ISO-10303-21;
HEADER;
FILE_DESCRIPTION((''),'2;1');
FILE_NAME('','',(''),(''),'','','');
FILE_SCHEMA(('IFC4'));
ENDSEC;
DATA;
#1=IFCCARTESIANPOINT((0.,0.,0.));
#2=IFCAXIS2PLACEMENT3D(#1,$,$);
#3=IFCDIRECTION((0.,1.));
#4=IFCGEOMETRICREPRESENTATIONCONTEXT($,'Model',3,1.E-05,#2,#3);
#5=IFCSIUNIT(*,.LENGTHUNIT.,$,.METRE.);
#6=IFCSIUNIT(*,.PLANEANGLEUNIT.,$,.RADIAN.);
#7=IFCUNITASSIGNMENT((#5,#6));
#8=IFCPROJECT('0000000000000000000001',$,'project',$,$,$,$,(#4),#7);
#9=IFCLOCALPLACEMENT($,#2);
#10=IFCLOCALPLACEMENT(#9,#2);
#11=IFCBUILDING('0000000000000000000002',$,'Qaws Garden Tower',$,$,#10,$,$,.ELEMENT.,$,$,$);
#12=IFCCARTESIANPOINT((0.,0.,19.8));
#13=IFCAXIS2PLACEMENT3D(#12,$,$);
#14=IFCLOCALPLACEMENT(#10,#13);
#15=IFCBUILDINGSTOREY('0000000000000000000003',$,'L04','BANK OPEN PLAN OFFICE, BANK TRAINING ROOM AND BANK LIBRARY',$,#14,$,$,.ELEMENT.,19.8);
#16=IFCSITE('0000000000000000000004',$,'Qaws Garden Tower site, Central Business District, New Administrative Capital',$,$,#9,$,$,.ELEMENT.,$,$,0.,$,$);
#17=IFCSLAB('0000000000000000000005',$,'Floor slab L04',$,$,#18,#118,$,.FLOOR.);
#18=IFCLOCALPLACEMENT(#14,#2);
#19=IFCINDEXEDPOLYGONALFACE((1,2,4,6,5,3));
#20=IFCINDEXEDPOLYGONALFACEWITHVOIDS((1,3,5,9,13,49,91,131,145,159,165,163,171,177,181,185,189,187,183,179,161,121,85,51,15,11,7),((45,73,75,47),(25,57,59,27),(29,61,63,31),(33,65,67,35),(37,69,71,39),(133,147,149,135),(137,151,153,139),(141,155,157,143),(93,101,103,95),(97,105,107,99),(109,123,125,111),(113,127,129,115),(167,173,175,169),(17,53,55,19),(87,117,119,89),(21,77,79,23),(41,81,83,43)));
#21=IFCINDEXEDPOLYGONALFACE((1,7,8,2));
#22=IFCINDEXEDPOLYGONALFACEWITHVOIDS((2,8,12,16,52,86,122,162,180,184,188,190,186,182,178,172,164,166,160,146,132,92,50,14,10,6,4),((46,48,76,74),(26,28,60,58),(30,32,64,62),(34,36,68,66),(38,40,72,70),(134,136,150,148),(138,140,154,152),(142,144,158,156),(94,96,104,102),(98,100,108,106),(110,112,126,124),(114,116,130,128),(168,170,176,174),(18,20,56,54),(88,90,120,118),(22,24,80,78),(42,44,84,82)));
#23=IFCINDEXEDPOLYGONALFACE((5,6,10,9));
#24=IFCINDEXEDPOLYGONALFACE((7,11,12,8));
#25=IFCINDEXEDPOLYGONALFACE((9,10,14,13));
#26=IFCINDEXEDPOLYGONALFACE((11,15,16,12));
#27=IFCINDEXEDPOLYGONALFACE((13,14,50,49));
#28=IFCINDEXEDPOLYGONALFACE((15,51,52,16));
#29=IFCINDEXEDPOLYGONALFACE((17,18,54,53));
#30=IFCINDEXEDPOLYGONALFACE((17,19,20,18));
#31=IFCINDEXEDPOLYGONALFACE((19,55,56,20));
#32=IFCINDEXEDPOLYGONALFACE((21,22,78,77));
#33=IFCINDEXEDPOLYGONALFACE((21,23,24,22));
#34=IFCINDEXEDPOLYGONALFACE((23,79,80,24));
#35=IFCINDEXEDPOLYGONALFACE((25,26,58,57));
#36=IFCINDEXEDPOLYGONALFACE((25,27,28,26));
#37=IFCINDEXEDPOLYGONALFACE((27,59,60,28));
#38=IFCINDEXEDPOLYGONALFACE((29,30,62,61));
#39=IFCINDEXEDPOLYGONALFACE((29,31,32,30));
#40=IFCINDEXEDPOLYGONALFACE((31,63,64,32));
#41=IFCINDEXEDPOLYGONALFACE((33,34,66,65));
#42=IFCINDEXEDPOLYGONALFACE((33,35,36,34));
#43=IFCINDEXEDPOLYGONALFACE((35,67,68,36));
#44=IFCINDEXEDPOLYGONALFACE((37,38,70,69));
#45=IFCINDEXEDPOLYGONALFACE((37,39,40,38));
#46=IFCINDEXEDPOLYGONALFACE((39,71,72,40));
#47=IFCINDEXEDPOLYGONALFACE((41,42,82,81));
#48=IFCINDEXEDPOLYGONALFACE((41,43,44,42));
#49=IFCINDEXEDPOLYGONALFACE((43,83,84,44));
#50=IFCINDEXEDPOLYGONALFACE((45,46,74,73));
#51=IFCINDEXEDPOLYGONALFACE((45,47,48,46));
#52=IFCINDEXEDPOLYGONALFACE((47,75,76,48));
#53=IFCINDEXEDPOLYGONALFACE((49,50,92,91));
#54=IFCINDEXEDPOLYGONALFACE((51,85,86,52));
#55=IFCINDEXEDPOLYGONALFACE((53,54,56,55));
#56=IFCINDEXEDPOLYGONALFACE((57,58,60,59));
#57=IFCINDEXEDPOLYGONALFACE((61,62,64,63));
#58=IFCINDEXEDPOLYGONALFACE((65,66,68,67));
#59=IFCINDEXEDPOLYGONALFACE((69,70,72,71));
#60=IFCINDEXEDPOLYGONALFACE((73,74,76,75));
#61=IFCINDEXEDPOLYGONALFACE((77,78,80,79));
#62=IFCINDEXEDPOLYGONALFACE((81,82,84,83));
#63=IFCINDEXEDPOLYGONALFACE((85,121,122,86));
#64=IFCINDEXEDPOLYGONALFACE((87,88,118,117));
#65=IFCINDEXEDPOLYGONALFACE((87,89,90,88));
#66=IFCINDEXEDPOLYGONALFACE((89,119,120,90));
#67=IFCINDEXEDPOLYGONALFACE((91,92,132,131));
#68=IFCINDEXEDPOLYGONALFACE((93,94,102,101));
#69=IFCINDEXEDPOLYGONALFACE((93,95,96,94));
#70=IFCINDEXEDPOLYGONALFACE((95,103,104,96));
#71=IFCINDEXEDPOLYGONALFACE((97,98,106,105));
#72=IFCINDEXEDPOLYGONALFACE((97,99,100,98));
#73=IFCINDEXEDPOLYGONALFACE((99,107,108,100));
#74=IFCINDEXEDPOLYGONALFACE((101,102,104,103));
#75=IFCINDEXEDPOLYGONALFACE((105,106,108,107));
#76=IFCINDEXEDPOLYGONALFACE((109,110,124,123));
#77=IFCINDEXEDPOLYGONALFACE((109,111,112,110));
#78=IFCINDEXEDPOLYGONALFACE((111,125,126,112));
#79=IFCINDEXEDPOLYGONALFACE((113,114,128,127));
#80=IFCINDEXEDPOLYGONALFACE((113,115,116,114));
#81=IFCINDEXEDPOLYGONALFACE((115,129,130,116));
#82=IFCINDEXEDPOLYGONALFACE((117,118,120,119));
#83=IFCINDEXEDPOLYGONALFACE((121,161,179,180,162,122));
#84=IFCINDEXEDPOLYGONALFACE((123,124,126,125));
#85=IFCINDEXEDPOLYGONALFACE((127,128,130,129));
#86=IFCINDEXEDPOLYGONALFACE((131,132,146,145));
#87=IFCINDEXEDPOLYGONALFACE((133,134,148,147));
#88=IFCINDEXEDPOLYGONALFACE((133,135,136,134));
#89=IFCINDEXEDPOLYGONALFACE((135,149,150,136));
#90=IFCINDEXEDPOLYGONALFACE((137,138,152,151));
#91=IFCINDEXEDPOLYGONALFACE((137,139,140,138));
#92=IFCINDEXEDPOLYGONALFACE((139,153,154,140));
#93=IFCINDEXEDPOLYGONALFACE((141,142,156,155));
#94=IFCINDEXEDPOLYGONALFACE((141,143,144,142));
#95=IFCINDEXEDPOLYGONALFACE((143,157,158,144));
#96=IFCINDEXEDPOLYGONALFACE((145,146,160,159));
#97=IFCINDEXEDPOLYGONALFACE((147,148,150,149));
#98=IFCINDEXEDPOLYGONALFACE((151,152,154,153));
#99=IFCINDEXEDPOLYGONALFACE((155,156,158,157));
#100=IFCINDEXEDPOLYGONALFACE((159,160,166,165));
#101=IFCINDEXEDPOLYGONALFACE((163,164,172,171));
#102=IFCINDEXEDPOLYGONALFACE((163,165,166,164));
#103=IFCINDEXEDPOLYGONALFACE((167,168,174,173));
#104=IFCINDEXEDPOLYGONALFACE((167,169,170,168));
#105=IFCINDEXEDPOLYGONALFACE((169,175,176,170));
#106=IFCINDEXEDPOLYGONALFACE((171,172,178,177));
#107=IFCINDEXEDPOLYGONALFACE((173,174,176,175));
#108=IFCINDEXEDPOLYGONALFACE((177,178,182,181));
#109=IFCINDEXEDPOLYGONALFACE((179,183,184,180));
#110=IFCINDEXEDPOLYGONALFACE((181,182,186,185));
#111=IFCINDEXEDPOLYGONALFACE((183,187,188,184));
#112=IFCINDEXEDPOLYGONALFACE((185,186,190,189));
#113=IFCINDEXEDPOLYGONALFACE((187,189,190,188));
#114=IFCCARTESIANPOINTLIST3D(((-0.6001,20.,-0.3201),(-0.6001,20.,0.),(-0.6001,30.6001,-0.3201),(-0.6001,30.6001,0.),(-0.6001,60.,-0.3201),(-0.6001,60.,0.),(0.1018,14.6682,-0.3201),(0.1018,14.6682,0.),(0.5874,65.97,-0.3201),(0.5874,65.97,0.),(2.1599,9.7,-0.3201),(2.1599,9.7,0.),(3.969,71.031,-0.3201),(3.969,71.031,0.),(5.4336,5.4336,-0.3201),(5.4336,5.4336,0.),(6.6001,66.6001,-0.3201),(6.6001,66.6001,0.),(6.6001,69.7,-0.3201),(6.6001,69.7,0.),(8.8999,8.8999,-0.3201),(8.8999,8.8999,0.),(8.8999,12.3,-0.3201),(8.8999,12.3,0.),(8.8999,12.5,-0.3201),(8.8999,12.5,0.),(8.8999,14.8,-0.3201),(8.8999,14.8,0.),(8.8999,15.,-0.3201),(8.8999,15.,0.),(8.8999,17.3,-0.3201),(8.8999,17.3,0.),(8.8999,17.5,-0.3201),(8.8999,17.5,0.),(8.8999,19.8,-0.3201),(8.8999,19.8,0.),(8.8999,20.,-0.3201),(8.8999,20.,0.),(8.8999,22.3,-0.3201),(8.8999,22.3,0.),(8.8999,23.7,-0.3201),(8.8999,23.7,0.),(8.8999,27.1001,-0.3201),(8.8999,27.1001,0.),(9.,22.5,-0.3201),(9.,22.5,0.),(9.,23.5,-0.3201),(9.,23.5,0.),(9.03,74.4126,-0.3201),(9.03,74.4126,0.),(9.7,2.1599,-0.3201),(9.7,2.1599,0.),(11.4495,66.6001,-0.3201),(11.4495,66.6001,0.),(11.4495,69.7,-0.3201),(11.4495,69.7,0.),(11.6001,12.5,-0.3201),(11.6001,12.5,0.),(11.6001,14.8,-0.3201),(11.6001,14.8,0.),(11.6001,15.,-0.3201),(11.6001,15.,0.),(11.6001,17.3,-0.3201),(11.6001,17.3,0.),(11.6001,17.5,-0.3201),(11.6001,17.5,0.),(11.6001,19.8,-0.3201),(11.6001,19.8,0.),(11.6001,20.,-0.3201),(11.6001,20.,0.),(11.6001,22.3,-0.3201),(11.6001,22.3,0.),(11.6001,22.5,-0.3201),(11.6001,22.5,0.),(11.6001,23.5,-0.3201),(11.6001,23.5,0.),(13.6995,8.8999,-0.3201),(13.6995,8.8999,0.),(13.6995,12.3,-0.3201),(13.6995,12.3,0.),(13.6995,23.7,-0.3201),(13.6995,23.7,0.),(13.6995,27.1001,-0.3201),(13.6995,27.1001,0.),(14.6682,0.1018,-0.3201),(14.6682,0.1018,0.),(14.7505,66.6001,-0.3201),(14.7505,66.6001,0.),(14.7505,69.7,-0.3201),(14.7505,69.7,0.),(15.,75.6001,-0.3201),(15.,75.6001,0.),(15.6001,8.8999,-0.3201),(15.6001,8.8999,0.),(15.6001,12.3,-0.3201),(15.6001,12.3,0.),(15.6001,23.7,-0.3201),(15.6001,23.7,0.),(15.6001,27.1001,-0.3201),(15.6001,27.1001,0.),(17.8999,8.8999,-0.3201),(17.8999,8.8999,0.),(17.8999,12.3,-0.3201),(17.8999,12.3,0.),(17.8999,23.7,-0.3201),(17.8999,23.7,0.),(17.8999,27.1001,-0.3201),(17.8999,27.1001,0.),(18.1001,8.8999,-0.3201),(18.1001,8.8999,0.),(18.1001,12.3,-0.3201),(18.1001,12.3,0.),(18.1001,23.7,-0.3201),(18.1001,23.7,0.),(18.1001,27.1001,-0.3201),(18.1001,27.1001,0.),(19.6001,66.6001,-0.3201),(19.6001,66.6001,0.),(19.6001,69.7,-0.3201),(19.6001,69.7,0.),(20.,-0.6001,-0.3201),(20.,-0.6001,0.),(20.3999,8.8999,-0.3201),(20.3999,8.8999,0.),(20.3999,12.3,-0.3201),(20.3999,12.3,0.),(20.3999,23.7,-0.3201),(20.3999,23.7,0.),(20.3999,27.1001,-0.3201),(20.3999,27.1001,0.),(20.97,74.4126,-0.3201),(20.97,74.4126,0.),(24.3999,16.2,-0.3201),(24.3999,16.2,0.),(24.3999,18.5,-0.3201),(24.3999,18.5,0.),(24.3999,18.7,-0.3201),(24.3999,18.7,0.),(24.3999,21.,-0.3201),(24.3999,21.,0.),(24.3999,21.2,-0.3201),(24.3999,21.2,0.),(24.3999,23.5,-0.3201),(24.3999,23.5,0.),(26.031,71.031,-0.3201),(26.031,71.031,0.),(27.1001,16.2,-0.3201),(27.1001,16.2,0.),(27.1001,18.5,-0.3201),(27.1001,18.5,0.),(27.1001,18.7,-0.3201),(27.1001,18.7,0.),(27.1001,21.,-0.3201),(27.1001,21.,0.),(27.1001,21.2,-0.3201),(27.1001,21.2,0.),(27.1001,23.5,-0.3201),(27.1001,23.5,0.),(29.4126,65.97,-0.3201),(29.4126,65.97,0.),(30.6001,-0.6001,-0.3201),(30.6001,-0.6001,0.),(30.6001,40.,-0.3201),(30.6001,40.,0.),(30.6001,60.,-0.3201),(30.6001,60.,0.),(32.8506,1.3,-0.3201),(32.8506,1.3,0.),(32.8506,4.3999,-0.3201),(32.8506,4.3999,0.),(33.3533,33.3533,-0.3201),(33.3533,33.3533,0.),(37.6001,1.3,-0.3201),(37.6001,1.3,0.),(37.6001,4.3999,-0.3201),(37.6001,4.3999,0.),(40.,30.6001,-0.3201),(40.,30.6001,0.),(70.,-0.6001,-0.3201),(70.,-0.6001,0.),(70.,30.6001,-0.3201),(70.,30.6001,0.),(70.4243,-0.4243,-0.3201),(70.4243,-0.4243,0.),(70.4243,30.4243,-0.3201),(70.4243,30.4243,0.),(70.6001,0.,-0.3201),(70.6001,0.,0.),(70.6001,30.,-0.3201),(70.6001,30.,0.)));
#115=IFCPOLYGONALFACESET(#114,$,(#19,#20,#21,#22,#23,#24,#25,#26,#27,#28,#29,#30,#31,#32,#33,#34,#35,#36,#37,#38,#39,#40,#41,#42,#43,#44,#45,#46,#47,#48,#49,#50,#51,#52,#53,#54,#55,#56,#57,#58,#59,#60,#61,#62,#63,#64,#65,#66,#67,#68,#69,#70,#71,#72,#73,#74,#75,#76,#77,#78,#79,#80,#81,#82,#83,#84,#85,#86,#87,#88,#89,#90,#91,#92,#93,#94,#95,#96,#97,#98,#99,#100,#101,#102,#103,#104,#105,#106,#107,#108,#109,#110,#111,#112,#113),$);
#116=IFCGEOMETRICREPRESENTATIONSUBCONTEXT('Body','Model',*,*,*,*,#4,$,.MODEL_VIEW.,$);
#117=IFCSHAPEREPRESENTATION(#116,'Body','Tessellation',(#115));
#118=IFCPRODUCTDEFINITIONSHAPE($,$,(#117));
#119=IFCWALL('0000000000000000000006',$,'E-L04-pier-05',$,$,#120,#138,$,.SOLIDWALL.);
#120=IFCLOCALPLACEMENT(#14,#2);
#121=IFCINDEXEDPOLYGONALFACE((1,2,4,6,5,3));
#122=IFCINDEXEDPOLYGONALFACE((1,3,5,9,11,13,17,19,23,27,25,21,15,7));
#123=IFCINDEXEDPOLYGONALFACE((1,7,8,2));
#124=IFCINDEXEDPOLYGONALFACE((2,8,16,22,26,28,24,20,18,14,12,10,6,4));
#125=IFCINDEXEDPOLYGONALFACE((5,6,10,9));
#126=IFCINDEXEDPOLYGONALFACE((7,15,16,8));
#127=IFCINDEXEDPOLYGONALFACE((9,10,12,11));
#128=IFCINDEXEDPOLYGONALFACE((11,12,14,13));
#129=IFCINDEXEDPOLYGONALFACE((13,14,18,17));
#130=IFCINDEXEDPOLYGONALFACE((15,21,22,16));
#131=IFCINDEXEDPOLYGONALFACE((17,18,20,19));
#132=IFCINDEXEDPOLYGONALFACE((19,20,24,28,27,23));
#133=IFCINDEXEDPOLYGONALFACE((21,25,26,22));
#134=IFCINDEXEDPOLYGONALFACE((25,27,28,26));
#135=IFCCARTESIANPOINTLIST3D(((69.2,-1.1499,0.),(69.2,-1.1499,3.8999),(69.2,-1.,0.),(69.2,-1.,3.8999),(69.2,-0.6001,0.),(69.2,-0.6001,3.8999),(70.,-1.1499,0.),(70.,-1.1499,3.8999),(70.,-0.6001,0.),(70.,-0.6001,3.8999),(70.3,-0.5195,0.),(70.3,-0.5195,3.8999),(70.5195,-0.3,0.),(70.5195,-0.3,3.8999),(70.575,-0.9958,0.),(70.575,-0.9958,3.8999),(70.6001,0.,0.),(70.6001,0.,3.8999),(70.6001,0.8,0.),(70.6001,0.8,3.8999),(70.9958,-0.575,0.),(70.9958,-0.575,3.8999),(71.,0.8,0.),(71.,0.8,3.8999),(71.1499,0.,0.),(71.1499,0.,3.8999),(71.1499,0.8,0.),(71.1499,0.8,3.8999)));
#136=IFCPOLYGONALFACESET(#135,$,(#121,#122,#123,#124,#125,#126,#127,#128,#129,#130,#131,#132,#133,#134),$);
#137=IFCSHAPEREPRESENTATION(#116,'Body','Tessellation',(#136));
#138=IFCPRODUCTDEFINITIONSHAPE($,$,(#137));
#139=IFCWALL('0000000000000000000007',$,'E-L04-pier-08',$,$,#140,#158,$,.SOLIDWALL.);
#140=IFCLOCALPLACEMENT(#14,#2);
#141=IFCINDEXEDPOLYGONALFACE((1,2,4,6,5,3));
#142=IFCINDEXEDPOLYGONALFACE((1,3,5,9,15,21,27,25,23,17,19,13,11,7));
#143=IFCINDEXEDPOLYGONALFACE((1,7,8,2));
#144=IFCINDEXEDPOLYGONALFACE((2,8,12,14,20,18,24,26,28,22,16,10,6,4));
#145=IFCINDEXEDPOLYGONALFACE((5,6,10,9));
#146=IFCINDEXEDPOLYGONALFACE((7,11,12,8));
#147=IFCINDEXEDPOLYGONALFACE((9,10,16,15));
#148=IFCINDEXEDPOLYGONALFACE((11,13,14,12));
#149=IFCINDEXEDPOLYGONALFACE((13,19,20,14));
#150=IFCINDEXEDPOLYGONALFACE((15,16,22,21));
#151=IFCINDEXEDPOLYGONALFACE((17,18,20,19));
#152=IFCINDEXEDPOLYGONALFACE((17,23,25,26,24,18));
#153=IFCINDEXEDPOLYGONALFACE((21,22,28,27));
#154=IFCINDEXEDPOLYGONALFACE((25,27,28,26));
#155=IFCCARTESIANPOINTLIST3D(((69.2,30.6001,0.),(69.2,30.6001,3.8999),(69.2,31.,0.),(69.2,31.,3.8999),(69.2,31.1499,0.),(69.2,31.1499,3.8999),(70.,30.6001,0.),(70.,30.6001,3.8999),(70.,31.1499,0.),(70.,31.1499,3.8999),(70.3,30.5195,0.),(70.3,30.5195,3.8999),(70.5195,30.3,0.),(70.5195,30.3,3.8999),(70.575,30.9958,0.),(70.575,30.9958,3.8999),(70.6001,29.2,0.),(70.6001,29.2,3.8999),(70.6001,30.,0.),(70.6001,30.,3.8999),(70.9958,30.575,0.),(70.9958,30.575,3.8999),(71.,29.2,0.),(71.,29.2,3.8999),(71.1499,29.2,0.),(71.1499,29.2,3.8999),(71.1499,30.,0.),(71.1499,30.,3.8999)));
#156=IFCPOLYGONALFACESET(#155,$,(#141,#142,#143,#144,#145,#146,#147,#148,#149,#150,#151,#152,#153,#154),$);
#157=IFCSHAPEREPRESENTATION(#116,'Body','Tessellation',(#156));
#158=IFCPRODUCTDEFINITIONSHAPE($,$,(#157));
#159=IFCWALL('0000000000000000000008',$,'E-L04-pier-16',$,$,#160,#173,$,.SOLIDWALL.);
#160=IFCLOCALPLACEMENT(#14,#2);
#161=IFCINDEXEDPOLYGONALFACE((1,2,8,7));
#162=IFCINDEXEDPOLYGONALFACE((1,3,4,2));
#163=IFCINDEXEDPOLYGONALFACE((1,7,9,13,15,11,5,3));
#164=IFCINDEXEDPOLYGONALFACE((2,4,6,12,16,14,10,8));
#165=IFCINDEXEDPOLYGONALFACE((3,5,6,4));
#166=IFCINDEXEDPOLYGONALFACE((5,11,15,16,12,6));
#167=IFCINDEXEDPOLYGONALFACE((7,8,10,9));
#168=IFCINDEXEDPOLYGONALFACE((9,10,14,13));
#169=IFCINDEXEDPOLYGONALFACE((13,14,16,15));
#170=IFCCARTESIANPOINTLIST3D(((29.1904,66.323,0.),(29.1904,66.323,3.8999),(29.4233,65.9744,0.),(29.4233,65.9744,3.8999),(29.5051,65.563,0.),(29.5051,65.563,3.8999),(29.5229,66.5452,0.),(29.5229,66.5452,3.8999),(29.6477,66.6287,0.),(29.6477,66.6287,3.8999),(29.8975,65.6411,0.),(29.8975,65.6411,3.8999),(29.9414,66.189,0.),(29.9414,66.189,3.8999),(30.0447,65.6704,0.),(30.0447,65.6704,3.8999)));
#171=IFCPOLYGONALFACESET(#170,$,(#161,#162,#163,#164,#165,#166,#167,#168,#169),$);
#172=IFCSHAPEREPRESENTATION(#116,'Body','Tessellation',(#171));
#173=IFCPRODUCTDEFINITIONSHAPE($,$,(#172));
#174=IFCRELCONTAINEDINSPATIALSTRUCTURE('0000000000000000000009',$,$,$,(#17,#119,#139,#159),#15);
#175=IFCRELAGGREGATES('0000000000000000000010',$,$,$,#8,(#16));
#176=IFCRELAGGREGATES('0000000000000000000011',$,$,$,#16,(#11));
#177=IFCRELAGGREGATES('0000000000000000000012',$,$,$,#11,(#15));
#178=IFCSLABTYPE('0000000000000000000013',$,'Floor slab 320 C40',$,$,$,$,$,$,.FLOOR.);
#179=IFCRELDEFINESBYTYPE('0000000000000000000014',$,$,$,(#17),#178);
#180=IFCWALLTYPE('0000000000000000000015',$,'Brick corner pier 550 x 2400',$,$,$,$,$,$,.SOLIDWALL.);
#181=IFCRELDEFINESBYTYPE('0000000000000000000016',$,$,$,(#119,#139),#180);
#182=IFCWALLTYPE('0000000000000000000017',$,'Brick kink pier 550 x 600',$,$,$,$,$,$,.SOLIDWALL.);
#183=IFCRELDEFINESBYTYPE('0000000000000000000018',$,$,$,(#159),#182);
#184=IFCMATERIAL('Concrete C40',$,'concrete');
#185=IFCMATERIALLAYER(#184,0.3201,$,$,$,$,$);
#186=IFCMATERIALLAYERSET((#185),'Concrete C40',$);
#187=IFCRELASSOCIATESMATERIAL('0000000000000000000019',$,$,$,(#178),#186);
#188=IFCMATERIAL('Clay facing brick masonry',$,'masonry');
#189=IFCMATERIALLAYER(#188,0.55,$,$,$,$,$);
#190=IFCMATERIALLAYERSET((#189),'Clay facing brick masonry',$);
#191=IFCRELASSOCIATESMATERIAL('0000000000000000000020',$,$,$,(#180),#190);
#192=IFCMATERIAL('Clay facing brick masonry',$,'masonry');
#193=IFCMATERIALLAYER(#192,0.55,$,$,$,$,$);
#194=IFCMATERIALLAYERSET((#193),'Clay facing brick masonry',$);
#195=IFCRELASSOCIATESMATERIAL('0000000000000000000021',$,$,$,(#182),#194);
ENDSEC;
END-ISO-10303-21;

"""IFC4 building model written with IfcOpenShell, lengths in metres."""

from ifc_helpers import new_model, si_unit, direction, frame, origin, place, context, subcontext, project, spatial, polyline, outline, extrude, material, layer, layer_set, type_object, element, save


model = new_model("IFC4")

# Units and contexts
model_context = context("Model", 3, precision=1e-05, world=origin(), true_north=direction((0.0, 1.0)))
body_context = subcontext(model_context, "Body", "Model", "MODEL_VIEW")
ifc_project = project(units=[si_unit("LENGTHUNIT", "METRE"), si_unit("PLANEANGLEUNIT", "RADIAN")], contexts=[model_context])

# Site, building, storey
site_placement = place(None, origin())
site = spatial("IfcSite", under=ifc_project, at=site_placement, Name="Qaws Garden Tower site, Central Business District, New Administrative Capital", CompositionType="ELEMENT", RefElevation=0.0)
building_placement = place(site_placement, origin())
building = spatial("IfcBuilding", under=site, at=building_placement, Name="Qaws Garden Tower", CompositionType="ELEMENT")
storey_placement = place(building_placement, frame((0.0, 0.0, 19.8)))
storey = spatial("IfcBuildingStorey", under=building, at=storey_placement, Name="L04", Description="BANK OPEN PLAN OFFICE, BANK TRAINING ROOM AND BANK LIBRARY", CompositionType="ELEMENT", Elevation=19.8)

# Slab
ifc_material_1 = material(Name="Concrete C40", Category="concrete")
ifc_layer_1 = layer(ifc_material_1, 0.3201)
ifc_layer_set_1 = layer_set([ifc_layer_1], Name="Concrete C40")
slab_type = type_object("IfcSlabType", Name="Floor slab 320 C40", PredefinedType="FLOOR", material=ifc_layer_set_1)
slab_placement = place(storey_placement, frame((0.0, 0.0, -0.3201)))
element("IfcSlab", 1, at=slab_placement, inside=storey, type_object=slab_type, Name="Floor slab L04", PredefinedType="FLOOR", context=body_context, shape_type="SweptSolid", body=[
    extrude(outline(polyline([(0.1018, 14.6682), (-0.6001, 20.0), (-0.6001, 30.6001), (-0.6001, 60.0), (-0.6001, 60.0), (0.5874, 65.97), (3.969, 71.031), (9.03, 74.4126), (15.0, 75.6001), (20.97, 74.4126), (26.031, 71.031), (29.4126, 65.97), (30.6001, 60.0), (30.6001, 40.0), (33.3533, 33.3533), (40.0, 30.6001), (70.0, 30.6001), (70.4243, 30.4243), (70.6001, 30.0), (70.6001, 0.0), (70.4243, -0.4243), (70.0, -0.6001), (30.6001, -0.6001), (20.0, -0.6001), (14.6682, 0.1018), (9.7, 2.1599), (5.4336, 5.4336), (2.1599, 9.7), (0.1018, 14.6682)]), holes=[polyline([(13.6995, 12.3), (8.8999, 12.3), (8.8999, 8.8999), (13.6995, 8.8999), (13.6995, 12.3)]), polyline([(17.8999, 12.3), (15.6001, 12.3), (15.6001, 8.8999), (17.8999, 8.8999), (17.8999, 12.3)]), polyline([(11.6001, 14.8), (8.8999, 14.8), (8.8999, 12.5), (11.6001, 12.5), (11.6001, 14.8)]), polyline([(11.6001, 17.3), (8.8999, 17.3), (8.8999, 15.0), (11.6001, 15.0), (11.6001, 17.3)]), polyline([(11.6001, 19.8), (8.8999, 19.8), (8.8999, 17.5), (11.6001, 17.5), (11.6001, 19.8)]), polyline([(11.6001, 22.3), (8.8999, 22.3), (8.8999, 20.0), (11.6001, 20.0), (11.6001, 22.3)]), polyline([(11.6001, 23.5), (9.0, 23.5), (9.0, 22.5), (11.6001, 22.5), (11.6001, 23.5)]), polyline([(13.6995, 27.1001), (8.8999, 27.1001), (8.8999, 23.7), (13.6995, 23.7), (13.6995, 27.1001)]), polyline([(11.4495, 69.7), (6.6001, 69.7), (6.6001, 66.6001), (11.4495, 66.6001), (11.4495, 69.7)]), polyline([(37.6001, 4.3999), (32.8506, 4.3999), (32.8506, 1.3), (37.6001, 1.3), (37.6001, 4.3999)]), polyline([(20.3999, 12.3), (18.1001, 12.3), (18.1001, 8.8999), (20.3999, 8.8999), (20.3999, 12.3)]), polyline([(27.1001, 18.5), (24.3999, 18.5), (24.3999, 16.2), (27.1001, 16.2), (27.1001, 18.5)]), polyline([(27.1001, 21.0), (24.3999, 21.0), (24.3999, 18.7), (27.1001, 18.7), (27.1001, 21.0)]), polyline([(27.1001, 23.5), (24.3999, 23.5), (24.3999, 21.2), (27.1001, 21.2), (27.1001, 23.5)]), polyline([(17.8999, 27.1001), (15.6001, 27.1001), (15.6001, 23.7), (17.8999, 23.7), (17.8999, 27.1001)]), polyline([(20.3999, 23.7), (20.3999, 27.1001), (18.1001, 27.1001), (18.1001, 23.7), (20.3999, 23.7)]), polyline([(19.6001, 66.6001), (19.6001, 69.7), (14.7505, 69.7), (14.7505, 66.6001), (19.6001, 66.6001)])]), origin(), (0.0, 0.0, 1.0), 0.3201),
])

# Walls
ifc_material_2 = material(Name="Clay facing brick masonry", Category="masonry")
ifc_layer_2 = layer(ifc_material_2, 0.55)
ifc_layer_set_2 = layer_set([ifc_layer_2], Name="Clay facing brick masonry")
wall_type_1 = type_object("IfcWallType", Name="Brick corner pier 550 x 2400", PredefinedType="SOLIDWALL", material=ifc_layer_set_2)
placement = place(storey_placement, origin())
element("IfcWall", 2, at=placement, inside=storey, type_object=wall_type_1, Name="E-L04-pier-05", PredefinedType="SOLIDWALL", context=body_context, shape_type="SweptSolid", body=[
    extrude(outline(polyline([(69.2, -1.0), (69.2, -1.1499), (70.0, -1.1499), (70.575, -0.9958), (70.9958, -0.575), (71.1499, 0.0), (71.1499, 0.8), (71.0, 0.8), (70.6001, 0.8), (70.6001, 0.0), (70.5195, -0.3), (70.3, -0.5195), (70.0, -0.6001), (69.2, -0.6001), (69.2, -1.0)])), origin(), (0.0, 0.0, 1.0), 3.8999),
])
element("IfcWall", 3, at=placement, inside=storey, type_object=wall_type_1, Name="E-L04-pier-08", PredefinedType="SOLIDWALL", context=body_context, shape_type="SweptSolid", body=[
    extrude(outline(polyline([(71.0, 29.2), (71.1499, 29.2), (71.1499, 30.0), (70.9958, 30.575), (70.575, 30.9958), (70.0, 31.1499), (69.2, 31.1499), (69.2, 31.0), (69.2, 30.6001), (70.0, 30.6001), (70.3, 30.5195), (70.5195, 30.3), (70.6001, 30.0), (70.6001, 29.2), (71.0, 29.2)])), origin(), (0.0, 0.0, 1.0), 3.8999),
])
ifc_material_3 = material(Name="Clay facing brick masonry", Category="masonry")
ifc_layer_3 = layer(ifc_material_3, 0.55)
ifc_layer_set_3 = layer_set([ifc_layer_3], Name="Clay facing brick masonry")
wall_type_2 = type_object("IfcWallType", Name="Brick kink pier 550 x 600", PredefinedType="SOLIDWALL", material=ifc_layer_set_3)
element("IfcWall", 4, at=placement, inside=storey, type_object=wall_type_2, Name="E-L04-pier-16", PredefinedType="SOLIDWALL", context=body_context, shape_type="SweptSolid", body=[
    extrude(outline(polyline([(29.8975, 65.6411), (30.0447, 65.6704), (29.9414, 66.189), (29.6477, 66.6287), (29.5229, 66.5452), (29.1904, 66.323), (29.4233, 65.9744), (29.5051, 65.563), (29.8975, 65.6411)])), origin(), (0.0, 0.0, 1.0), 3.8999),
])

save(model, "model.ifc")
